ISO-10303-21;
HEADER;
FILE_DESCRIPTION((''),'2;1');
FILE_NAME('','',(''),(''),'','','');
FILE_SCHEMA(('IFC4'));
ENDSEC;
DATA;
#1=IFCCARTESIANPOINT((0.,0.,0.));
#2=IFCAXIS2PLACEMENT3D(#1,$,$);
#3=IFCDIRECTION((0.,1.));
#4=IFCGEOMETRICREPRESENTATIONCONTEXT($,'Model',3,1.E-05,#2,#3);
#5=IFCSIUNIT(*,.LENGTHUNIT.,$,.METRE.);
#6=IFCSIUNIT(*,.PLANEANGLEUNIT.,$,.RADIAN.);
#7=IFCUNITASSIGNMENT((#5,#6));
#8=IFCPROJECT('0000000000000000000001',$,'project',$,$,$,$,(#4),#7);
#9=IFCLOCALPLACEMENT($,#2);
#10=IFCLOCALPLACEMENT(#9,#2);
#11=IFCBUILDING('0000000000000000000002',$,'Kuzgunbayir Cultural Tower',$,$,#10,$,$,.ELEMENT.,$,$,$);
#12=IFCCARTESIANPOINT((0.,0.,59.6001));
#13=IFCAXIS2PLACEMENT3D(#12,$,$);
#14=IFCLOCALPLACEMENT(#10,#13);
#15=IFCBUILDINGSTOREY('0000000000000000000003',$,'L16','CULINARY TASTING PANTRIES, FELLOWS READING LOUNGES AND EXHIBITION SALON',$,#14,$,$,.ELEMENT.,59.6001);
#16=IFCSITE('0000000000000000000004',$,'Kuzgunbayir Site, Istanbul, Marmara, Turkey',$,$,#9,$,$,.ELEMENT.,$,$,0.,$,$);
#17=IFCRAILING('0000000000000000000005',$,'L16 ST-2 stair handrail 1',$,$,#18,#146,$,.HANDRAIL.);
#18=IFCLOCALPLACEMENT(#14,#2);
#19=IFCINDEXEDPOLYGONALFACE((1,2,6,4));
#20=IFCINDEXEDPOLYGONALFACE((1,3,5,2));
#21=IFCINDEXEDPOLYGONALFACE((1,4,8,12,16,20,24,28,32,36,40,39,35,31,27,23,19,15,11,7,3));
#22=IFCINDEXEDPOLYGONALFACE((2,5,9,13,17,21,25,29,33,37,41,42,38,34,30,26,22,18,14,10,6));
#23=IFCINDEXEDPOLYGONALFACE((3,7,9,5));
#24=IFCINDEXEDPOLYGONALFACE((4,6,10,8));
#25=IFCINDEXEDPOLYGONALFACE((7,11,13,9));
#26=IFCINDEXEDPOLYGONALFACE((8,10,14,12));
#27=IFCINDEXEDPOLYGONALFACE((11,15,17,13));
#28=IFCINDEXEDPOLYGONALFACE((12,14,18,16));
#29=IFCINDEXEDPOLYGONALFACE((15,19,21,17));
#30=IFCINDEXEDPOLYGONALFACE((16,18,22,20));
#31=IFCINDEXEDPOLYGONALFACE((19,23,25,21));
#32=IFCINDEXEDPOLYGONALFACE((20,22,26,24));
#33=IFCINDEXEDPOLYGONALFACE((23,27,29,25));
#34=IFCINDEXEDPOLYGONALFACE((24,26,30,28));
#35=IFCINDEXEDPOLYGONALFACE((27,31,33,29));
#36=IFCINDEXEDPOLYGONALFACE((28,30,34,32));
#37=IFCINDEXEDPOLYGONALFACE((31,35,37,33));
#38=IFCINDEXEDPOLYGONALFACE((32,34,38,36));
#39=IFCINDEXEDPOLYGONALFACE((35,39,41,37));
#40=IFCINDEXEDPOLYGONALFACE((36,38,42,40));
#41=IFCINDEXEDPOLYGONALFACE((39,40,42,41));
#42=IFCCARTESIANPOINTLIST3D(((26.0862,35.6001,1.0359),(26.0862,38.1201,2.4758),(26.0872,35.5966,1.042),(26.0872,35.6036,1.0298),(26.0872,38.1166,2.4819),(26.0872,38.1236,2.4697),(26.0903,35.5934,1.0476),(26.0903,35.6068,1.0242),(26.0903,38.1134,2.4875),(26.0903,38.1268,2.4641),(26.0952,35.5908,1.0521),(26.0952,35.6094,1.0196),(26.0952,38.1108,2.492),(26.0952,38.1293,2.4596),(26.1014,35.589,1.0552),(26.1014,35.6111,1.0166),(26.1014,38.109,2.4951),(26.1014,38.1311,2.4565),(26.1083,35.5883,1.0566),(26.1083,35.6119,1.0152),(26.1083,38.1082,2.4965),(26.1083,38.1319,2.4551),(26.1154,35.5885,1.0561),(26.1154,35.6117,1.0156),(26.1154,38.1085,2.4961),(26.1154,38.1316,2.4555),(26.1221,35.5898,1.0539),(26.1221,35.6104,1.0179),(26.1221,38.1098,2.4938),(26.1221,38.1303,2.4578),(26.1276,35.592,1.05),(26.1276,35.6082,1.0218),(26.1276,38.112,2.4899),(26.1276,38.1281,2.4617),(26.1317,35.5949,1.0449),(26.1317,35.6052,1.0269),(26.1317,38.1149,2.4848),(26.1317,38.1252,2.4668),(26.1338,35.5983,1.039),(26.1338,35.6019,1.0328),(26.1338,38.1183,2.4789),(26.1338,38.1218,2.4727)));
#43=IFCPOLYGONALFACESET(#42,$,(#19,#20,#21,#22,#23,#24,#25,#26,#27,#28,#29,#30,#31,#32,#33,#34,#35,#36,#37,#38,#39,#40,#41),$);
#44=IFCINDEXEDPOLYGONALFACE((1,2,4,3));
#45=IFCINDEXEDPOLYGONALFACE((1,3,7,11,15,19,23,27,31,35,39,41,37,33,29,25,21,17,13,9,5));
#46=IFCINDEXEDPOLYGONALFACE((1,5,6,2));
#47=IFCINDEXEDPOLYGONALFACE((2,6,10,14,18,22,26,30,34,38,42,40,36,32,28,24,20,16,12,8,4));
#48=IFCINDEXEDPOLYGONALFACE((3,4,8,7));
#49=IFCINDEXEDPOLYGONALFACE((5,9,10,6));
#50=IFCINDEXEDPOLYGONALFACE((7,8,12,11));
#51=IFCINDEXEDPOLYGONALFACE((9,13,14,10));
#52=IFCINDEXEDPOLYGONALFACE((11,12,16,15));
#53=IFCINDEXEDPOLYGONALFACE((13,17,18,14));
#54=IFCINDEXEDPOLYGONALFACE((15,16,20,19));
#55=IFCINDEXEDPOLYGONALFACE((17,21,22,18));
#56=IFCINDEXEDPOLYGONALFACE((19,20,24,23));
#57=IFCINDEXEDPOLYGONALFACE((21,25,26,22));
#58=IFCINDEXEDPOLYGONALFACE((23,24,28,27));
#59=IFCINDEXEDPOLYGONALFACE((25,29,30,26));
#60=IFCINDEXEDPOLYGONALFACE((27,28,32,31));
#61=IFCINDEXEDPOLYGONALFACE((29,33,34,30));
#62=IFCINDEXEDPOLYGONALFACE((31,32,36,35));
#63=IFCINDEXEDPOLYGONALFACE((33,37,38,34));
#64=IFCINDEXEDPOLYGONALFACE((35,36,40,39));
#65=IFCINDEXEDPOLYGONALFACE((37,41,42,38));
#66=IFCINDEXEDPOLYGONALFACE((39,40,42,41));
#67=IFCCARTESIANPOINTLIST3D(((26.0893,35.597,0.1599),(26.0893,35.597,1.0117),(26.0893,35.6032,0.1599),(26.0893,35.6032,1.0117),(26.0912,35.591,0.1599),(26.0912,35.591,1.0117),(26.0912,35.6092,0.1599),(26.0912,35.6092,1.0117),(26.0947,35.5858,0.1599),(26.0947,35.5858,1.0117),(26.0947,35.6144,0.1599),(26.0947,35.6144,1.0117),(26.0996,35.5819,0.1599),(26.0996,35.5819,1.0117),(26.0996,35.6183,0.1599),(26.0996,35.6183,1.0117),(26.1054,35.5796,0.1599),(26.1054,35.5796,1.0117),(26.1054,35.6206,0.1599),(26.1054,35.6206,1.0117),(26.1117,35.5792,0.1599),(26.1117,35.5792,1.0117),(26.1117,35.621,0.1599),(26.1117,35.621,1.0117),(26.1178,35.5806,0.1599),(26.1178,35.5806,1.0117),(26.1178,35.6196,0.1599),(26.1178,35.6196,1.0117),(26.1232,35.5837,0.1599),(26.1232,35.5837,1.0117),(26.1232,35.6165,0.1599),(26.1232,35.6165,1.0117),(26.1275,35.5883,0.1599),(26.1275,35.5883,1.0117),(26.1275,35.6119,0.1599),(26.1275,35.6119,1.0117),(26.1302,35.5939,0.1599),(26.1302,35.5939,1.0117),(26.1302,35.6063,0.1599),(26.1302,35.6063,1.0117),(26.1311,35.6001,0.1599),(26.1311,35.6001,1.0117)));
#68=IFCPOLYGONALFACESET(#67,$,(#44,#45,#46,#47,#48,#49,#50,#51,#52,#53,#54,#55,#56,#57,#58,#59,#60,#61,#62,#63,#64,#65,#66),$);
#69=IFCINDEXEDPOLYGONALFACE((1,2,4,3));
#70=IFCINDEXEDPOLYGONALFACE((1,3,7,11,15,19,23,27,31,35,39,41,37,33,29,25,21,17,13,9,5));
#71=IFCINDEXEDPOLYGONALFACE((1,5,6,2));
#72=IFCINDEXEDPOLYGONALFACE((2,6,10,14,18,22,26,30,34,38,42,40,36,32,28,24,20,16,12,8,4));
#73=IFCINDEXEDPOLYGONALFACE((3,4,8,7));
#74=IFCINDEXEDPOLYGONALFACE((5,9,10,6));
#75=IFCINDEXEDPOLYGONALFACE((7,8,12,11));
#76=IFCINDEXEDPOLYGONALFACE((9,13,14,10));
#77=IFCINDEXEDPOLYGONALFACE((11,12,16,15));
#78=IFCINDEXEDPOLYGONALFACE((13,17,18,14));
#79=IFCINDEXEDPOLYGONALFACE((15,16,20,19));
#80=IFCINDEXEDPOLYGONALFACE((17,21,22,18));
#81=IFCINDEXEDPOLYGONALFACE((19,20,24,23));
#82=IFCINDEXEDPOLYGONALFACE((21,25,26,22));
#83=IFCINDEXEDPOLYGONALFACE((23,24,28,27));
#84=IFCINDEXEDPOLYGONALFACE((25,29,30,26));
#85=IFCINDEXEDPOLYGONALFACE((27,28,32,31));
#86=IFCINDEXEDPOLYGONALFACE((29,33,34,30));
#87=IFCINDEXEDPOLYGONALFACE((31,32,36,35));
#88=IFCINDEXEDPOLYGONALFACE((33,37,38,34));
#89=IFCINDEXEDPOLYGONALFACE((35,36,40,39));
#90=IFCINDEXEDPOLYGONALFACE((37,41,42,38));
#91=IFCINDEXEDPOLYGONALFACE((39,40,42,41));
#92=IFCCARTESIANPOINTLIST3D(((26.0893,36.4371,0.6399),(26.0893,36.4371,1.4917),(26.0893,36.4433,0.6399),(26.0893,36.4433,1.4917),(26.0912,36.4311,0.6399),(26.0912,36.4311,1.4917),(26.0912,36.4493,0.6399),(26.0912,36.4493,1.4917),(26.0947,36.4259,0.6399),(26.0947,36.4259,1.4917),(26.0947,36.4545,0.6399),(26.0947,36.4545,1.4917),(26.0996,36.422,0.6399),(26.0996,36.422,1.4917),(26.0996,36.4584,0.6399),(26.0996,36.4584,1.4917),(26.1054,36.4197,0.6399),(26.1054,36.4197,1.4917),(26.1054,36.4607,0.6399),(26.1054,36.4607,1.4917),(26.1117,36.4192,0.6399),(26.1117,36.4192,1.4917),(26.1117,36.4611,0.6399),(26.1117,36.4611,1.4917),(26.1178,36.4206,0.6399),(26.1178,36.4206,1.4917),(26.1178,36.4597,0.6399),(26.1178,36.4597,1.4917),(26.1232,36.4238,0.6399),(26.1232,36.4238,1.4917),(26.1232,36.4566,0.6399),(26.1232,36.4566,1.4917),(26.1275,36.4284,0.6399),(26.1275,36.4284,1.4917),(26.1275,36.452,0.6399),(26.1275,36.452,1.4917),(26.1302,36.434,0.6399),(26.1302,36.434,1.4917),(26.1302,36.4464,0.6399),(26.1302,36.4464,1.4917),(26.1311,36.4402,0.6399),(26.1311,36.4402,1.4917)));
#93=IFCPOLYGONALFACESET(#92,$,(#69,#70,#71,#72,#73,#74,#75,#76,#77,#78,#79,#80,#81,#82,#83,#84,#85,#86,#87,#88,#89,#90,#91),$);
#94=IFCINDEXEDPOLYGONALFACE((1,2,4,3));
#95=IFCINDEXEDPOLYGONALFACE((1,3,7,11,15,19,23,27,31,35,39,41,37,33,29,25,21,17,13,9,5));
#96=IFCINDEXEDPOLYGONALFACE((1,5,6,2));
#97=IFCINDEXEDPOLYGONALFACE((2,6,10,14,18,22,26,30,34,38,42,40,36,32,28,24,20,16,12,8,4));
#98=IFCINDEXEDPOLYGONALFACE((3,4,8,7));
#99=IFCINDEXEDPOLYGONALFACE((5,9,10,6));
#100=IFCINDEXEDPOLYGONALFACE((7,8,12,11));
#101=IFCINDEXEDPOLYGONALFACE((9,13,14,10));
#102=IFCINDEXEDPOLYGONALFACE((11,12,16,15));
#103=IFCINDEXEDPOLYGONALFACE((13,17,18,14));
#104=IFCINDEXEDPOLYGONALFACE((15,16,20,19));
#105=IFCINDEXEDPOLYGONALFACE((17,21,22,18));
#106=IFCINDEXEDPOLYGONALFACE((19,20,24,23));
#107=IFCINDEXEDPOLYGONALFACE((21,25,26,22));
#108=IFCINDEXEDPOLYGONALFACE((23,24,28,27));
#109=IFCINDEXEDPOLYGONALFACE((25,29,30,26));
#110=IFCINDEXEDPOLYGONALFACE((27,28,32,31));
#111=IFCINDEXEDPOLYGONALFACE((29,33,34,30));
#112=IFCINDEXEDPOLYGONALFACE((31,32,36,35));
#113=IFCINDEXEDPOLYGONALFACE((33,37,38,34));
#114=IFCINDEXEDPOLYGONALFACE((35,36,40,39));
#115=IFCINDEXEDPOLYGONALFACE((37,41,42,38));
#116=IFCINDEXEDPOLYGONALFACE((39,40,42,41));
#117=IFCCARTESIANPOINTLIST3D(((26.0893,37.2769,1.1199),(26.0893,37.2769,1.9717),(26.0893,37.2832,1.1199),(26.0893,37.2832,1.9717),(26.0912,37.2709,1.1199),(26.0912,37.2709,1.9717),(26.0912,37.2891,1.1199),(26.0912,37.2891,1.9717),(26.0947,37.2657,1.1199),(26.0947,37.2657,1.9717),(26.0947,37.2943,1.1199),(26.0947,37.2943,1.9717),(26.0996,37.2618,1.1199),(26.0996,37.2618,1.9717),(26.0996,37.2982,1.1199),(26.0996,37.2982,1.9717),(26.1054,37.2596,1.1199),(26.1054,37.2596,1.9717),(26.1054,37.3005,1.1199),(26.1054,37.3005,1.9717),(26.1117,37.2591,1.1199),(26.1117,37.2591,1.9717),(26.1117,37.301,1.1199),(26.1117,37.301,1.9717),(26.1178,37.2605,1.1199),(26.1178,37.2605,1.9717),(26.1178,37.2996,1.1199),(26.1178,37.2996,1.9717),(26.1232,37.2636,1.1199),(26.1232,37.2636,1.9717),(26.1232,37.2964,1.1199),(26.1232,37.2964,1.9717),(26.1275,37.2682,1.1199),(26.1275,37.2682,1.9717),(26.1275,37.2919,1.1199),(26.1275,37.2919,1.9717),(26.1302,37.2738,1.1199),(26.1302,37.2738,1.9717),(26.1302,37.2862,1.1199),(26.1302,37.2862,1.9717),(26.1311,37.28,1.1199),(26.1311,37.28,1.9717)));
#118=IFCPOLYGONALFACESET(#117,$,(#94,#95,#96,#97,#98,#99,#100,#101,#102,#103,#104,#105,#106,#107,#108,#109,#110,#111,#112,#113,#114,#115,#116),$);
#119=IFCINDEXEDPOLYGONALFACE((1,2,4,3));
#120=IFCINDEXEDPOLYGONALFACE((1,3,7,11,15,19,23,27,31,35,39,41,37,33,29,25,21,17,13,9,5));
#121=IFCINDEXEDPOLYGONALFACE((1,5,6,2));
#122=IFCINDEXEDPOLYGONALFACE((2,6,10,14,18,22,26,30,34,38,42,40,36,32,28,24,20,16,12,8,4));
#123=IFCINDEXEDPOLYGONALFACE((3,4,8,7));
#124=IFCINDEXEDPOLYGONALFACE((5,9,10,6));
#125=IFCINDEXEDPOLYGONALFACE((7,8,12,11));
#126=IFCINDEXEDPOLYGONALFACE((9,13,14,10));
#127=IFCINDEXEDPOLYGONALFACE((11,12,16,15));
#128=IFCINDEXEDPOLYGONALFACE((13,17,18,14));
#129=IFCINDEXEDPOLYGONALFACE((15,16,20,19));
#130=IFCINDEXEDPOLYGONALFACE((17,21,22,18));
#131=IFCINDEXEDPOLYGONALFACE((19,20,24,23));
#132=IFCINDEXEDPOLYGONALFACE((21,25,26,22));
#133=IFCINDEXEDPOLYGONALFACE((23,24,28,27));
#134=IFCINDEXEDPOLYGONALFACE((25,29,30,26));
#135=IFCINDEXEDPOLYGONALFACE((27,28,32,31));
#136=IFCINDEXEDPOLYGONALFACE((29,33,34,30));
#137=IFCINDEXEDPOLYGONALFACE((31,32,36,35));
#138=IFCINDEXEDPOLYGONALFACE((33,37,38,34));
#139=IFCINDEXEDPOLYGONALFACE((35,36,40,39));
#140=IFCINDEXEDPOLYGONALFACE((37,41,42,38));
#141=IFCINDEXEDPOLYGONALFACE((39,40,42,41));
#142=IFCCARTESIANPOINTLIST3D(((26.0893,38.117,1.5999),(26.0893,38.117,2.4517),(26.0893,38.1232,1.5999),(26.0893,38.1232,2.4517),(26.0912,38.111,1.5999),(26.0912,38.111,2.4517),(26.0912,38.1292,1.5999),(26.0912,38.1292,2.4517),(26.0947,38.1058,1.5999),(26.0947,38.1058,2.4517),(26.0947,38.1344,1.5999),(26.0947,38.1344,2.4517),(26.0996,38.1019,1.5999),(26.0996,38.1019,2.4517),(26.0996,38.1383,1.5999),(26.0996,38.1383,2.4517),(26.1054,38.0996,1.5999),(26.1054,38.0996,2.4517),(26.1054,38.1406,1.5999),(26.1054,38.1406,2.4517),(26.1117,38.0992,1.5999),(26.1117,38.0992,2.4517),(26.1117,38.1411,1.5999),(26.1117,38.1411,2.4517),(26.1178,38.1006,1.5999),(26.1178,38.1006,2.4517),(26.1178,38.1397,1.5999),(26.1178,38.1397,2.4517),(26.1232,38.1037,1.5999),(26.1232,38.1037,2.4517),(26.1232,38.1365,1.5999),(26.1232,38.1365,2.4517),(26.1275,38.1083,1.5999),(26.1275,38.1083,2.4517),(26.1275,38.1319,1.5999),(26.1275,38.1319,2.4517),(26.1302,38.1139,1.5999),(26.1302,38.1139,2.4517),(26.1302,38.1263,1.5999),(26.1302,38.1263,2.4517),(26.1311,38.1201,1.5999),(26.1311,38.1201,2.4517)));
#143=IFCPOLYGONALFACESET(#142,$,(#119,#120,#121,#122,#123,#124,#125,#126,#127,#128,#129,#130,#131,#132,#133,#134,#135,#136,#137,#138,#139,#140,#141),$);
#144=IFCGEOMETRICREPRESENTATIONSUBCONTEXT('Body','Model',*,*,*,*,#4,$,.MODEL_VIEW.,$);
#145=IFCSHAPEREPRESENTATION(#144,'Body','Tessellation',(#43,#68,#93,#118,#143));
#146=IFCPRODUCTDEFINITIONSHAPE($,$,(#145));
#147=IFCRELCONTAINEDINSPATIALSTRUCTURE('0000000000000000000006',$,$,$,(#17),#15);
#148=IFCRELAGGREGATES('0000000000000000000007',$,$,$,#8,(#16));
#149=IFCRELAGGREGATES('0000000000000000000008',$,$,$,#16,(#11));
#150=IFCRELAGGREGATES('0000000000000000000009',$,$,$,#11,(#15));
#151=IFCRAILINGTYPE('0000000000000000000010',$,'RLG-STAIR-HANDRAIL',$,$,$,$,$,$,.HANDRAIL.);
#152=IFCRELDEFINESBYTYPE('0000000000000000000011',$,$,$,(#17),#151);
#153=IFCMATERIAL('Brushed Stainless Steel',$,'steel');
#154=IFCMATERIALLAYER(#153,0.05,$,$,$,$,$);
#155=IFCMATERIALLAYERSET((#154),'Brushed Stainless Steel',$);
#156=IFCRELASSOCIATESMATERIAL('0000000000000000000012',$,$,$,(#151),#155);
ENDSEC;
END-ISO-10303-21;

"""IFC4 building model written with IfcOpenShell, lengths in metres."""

from ifc_helpers import new_model, si_unit, direction, frame, origin, origin_2d, place, context, subcontext, project, spatial, circle, extrude, material, layer, layer_set, type_object, element, save


model = new_model("IFC4")

# Units and contexts
model_context = context("Model", 3, precision=1e-05, world=origin(), true_north=direction((0.0, 1.0)))
body_context = subcontext(model_context, "Body", "Model", "MODEL_VIEW")
ifc_project = project(units=[si_unit("LENGTHUNIT", "METRE"), si_unit("PLANEANGLEUNIT", "RADIAN")], contexts=[model_context])

# Site, building, storey
site_placement = place(None, origin())
site = spatial("IfcSite", under=ifc_project, at=site_placement, Name="Kuzgunbayir Site, Istanbul, Marmara, Turkey", CompositionType="ELEMENT", RefElevation=0.0)
building_placement = place(site_placement, origin())
building = spatial("IfcBuilding", under=site, at=building_placement, Name="Kuzgunbayir Cultural Tower", CompositionType="ELEMENT")
storey_placement = place(building_placement, frame((0.0, 0.0, 59.6001)))
storey = spatial("IfcBuildingStorey", under=building, at=storey_placement, Name="L16", Description="CULINARY TASTING PANTRIES, FELLOWS READING LOUNGES AND EXHIBITION SALON", CompositionType="ELEMENT", Elevation=59.6001)

# Shared definitions
ifc_material_1 = material(Name="Brushed Stainless Steel", Category="steel")

# Railing
ifc_layer_1 = layer(ifc_material_1, 0.05)
ifc_layer_set_1 = layer_set([ifc_layer_1], Name="Brushed Stainless Steel")
railing_type_1 = type_object("IfcRailingType", Name="RLG-STAIR-HANDRAIL", PredefinedType="HANDRAIL", material=ifc_layer_set_1)
railing_1_placement = place(storey_placement, frame((26.1101, 35.6001, 0.1599)))
element("IfcRailing", 1, at=railing_1_placement, inside=storey, type_object=railing_type_1, Name="L16 ST-2 stair handrail 1", PredefinedType="HANDRAIL", context=body_context, shape_type="SweptSolid", body=[
    extrude(circle(Radius=0.0239, at=origin_2d()), frame((0.0, 0.0, 0.876), z_axis=(0.0, 0.868253, 0.496121), x_axis=(-1.0, 0.0, 0.0)), (0.0, 0.0, 1.0), 2.9023),
    extrude(circle(Radius=0.021, at=origin_2d()), origin(), (0.0, 0.0, 1.0), 0.8518),
    extrude(circle(Radius=0.021, at=origin_2d()), frame((0.0, 0.8401, 0.48)), (0.0, 0.0, 1.0), 0.8518),
    extrude(circle(Radius=0.021, at=origin_2d()), frame((0.0, 1.6799, 0.96)), (0.0, 0.0, 1.0), 0.8518),
    extrude(circle(Radius=0.021, at=origin_2d()), frame((0.0, 2.52, 1.4399)), (0.0, 0.0, 1.0), 0.8518),
])

save(model, "model.ifc")
